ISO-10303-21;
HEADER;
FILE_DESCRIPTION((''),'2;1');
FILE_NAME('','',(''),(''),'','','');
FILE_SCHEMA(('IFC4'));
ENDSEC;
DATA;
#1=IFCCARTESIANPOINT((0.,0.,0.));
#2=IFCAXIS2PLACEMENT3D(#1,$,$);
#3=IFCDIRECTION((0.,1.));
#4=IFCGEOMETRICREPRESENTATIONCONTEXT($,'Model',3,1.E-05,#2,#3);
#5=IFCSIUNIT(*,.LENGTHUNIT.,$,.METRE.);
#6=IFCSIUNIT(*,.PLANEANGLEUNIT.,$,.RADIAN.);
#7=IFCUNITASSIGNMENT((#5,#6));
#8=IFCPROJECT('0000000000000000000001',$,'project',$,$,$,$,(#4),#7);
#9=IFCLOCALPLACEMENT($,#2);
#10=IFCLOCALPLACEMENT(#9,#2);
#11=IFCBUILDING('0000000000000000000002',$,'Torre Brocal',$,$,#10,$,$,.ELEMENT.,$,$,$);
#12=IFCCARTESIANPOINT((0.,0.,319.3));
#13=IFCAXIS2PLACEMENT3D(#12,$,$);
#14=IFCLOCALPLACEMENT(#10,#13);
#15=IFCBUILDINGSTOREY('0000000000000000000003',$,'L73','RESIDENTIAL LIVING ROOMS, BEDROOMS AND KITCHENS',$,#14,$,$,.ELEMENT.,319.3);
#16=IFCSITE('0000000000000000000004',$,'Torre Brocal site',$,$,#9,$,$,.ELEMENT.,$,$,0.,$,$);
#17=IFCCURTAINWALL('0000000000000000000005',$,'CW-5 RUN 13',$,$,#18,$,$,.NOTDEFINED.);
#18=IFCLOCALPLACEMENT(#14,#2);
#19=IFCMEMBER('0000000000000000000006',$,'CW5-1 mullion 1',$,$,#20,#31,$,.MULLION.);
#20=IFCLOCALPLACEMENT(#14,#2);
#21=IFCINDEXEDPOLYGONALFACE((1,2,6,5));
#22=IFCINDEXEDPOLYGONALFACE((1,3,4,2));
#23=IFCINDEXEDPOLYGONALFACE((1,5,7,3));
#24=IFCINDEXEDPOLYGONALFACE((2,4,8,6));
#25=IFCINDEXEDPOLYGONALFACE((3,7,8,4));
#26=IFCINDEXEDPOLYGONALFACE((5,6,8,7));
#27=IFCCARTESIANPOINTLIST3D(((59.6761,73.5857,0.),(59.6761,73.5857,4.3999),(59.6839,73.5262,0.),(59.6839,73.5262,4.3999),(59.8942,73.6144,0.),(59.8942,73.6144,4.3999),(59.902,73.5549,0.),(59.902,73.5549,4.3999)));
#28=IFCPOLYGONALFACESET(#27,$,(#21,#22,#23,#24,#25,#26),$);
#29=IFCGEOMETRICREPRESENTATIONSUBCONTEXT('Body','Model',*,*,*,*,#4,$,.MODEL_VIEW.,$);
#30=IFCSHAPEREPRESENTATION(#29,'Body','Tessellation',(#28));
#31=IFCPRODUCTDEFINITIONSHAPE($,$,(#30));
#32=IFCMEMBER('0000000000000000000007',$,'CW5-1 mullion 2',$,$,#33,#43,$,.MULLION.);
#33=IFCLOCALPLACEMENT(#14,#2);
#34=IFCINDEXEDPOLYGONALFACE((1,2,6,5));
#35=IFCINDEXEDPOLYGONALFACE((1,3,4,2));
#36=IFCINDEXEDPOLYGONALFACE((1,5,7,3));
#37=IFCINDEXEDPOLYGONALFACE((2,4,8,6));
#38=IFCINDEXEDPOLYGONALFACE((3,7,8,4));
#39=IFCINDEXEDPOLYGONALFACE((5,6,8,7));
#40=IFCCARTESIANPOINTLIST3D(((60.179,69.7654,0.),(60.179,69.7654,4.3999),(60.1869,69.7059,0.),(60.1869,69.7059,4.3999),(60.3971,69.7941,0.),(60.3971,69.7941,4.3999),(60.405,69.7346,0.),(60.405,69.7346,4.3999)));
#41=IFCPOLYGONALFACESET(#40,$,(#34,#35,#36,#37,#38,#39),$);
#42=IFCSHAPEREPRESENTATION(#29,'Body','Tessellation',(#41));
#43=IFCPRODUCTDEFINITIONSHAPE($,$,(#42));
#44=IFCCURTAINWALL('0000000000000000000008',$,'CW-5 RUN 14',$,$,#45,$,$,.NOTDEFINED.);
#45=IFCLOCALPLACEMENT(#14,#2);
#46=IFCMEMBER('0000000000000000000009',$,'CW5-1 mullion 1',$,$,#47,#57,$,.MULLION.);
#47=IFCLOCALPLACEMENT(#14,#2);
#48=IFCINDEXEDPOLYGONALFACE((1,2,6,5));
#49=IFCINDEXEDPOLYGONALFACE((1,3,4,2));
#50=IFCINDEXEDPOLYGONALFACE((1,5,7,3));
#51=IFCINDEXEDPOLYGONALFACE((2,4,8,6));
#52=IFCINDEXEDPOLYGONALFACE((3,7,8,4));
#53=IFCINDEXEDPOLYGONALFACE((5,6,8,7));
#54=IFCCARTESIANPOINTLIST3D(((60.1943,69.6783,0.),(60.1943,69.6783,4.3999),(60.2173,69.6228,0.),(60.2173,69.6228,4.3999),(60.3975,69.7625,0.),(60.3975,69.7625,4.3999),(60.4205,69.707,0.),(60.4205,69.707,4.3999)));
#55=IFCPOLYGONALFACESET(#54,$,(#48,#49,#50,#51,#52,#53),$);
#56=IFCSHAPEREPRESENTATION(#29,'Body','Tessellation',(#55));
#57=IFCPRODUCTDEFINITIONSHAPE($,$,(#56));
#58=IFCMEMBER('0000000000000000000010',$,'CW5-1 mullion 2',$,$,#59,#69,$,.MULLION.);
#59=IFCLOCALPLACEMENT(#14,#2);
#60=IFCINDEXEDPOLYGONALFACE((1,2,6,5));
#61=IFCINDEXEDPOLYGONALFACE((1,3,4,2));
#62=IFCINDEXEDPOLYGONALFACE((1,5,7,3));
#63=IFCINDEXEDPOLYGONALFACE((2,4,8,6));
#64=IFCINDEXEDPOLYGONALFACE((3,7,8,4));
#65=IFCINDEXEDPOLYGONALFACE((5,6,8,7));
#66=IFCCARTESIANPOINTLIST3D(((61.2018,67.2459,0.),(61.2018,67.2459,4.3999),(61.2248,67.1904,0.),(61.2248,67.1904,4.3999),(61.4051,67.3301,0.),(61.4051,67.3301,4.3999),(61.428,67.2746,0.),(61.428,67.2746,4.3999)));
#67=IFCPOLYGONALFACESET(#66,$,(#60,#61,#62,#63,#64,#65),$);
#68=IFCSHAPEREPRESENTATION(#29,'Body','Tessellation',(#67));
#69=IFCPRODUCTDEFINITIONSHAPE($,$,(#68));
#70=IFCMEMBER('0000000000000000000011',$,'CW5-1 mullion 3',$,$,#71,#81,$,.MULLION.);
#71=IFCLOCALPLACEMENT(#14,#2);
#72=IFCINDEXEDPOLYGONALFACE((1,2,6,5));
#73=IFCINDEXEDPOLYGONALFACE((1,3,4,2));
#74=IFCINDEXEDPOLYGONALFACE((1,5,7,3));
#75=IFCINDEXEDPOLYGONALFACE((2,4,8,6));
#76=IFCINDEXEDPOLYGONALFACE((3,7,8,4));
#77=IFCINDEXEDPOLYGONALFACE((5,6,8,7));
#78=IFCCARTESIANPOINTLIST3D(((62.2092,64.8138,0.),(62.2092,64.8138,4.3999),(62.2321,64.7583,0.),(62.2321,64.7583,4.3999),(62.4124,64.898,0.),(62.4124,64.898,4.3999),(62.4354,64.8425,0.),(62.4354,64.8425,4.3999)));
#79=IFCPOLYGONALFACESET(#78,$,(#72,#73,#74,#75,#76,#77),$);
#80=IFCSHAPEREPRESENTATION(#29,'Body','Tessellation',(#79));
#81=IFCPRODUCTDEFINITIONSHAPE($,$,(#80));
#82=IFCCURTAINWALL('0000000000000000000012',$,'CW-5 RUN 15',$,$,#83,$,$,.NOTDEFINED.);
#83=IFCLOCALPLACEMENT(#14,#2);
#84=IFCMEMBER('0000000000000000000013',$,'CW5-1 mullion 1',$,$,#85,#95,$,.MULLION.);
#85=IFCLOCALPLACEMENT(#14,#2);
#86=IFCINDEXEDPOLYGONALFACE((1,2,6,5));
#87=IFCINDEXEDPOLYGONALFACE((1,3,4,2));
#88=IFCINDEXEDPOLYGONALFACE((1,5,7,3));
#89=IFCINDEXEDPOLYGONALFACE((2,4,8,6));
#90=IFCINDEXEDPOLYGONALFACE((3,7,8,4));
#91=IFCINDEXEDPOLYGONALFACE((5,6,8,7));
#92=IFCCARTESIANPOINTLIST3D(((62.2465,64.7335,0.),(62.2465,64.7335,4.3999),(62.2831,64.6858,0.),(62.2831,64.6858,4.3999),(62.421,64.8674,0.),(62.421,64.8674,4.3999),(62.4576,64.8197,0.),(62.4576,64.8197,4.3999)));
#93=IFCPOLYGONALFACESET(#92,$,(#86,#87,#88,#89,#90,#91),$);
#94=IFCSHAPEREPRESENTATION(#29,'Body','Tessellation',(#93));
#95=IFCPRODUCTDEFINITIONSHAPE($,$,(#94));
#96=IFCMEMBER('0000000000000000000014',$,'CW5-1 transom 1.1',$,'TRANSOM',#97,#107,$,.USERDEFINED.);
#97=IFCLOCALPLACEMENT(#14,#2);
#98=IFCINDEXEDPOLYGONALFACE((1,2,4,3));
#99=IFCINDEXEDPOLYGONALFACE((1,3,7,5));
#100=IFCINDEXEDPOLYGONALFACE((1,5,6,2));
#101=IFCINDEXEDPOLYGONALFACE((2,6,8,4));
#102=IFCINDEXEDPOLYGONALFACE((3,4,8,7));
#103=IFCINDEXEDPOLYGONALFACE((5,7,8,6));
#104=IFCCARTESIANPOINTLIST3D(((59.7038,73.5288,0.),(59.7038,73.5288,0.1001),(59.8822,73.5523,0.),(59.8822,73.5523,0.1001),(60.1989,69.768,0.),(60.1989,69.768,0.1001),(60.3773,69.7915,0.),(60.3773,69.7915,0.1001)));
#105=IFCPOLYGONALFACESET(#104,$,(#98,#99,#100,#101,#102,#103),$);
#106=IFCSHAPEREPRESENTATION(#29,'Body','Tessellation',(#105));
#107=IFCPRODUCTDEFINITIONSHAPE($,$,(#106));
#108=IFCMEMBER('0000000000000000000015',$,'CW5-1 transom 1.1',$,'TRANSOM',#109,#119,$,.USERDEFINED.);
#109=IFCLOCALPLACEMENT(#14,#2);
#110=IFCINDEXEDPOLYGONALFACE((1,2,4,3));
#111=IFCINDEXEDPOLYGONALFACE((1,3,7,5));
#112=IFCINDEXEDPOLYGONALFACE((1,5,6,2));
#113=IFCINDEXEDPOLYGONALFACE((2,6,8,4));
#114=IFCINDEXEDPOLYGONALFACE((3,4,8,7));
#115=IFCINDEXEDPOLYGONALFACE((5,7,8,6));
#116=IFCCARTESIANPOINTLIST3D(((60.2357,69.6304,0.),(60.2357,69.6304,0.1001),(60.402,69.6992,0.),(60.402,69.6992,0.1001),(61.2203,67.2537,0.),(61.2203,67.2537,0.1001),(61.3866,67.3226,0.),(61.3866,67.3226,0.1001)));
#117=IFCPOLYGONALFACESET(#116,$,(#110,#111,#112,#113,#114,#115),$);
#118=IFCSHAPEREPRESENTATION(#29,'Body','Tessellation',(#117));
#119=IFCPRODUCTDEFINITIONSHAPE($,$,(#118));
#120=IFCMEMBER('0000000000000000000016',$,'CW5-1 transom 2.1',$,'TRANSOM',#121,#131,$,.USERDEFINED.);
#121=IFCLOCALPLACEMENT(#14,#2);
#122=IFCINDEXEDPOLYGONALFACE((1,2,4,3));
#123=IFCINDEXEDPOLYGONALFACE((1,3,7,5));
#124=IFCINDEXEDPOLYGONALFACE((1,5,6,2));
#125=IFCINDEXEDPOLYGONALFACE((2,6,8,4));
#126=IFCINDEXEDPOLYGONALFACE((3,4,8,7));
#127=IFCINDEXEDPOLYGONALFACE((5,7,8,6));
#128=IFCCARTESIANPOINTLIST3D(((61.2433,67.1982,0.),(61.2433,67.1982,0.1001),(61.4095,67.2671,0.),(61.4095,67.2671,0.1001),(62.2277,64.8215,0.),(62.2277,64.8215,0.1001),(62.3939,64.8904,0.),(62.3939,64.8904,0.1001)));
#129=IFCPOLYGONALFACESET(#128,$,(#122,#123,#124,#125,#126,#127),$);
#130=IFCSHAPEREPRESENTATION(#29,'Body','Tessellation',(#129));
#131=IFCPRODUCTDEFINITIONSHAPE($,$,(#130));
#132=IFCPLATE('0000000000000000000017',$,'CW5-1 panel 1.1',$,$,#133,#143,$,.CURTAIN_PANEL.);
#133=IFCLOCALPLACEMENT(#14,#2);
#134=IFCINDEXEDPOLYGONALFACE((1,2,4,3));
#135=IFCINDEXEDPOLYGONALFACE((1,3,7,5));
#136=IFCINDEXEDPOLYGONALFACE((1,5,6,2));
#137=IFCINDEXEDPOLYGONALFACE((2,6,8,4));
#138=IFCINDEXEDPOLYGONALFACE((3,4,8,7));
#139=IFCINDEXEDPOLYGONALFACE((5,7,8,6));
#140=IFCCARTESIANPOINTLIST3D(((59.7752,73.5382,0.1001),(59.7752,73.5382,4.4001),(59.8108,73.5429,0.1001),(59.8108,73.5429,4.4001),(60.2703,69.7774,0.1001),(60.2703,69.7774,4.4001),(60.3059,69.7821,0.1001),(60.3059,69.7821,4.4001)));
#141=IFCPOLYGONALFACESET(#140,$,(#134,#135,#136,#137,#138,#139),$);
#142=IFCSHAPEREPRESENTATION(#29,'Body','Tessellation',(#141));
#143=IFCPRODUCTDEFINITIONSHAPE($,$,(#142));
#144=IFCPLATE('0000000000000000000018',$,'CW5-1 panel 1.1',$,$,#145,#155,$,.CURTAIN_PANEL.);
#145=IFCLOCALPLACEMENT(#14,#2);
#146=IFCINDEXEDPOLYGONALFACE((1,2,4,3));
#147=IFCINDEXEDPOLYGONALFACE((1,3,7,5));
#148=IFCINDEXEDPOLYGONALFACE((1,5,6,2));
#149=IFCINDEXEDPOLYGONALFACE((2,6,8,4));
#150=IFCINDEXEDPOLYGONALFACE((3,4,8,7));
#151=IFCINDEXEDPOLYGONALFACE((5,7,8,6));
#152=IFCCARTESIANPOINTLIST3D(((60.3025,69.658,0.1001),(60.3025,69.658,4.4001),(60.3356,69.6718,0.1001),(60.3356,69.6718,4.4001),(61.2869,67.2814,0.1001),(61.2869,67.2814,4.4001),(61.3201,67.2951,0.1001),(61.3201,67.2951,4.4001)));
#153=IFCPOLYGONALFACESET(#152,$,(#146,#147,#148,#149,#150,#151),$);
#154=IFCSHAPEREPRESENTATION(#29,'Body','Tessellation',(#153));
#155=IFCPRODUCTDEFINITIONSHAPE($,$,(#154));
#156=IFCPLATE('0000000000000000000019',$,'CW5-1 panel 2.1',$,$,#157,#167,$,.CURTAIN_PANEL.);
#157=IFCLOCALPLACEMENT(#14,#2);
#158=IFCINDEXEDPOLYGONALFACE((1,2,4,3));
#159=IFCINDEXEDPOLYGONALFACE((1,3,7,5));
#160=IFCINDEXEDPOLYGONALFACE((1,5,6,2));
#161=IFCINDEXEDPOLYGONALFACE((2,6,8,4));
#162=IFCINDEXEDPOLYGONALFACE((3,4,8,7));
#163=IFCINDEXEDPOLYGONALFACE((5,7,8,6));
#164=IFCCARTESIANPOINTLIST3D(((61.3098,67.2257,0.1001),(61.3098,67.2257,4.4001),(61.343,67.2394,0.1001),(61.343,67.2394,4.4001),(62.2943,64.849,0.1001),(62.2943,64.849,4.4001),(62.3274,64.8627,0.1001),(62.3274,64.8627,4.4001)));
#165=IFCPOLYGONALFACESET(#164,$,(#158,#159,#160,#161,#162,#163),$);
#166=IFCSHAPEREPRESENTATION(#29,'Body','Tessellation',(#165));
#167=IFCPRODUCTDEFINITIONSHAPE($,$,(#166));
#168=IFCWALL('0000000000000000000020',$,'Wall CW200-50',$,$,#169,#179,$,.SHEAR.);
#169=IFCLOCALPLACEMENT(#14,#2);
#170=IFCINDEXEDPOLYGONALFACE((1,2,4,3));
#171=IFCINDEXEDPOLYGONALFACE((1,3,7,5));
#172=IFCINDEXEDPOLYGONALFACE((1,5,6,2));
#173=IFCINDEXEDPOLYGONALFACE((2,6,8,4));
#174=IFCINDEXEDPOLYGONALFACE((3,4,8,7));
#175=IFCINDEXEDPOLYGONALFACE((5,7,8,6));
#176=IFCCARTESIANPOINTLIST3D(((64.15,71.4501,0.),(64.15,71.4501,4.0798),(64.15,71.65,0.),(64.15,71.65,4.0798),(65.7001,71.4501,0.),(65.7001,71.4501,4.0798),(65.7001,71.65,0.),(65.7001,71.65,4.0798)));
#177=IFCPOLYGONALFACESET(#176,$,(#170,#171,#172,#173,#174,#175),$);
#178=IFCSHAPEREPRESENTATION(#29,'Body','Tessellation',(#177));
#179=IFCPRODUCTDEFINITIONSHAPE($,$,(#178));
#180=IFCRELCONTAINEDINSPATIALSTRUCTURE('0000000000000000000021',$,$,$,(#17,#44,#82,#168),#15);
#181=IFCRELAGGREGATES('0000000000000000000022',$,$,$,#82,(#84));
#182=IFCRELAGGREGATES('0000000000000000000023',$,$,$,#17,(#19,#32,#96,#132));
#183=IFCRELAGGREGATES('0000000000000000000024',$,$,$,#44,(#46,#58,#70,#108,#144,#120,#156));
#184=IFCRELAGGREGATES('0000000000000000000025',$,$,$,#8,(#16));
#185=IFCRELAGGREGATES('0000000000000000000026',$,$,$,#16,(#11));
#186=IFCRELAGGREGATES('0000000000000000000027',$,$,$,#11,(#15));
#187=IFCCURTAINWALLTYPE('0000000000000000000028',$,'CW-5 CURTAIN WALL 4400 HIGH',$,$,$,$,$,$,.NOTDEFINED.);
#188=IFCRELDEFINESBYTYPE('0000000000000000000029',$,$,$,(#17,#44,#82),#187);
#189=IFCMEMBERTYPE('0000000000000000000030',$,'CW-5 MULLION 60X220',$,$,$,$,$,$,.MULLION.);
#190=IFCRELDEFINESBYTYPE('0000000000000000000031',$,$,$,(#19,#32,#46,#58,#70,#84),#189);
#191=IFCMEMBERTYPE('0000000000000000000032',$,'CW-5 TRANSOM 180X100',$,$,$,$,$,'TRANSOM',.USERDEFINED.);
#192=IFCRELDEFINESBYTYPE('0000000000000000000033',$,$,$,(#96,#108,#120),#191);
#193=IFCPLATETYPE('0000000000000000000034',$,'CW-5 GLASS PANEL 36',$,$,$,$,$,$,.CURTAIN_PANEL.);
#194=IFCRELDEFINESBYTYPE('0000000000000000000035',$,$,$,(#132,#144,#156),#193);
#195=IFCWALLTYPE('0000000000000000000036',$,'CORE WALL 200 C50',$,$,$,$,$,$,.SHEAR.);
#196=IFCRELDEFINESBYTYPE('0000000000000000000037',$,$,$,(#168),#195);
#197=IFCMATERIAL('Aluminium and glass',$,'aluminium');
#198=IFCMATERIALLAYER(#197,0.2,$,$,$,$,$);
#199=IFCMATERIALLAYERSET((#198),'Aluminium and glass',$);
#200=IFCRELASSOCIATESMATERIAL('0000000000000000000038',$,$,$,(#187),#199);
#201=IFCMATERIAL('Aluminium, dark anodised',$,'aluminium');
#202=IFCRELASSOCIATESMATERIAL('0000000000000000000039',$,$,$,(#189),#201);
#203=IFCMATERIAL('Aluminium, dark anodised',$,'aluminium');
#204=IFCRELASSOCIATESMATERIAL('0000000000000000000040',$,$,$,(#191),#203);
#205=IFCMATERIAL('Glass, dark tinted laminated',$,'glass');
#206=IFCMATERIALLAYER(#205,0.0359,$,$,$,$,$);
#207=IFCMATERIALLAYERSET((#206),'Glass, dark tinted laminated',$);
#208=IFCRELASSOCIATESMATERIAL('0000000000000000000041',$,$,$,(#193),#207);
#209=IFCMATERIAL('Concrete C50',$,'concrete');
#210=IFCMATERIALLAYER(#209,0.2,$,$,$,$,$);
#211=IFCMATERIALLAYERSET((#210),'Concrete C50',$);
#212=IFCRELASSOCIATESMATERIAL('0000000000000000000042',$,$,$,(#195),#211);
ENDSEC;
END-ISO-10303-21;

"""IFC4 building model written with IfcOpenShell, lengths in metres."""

from ifc_helpers import new_model, si_unit, direction, frame, frame_2d, origin, origin_2d, place, context, subcontext, project, spatial, rectangle, extrude, material, layer, layer_set, material_profile, profile_set, type_object, element, aggregate, save


model = new_model("IFC4")

# Units and contexts
model_context = context("Model", 3, precision=1e-05, world=origin(), true_north=direction((0.0, 1.0)))
body_context = subcontext(model_context, "Body", "Model", "MODEL_VIEW")
ifc_project = project(units=[si_unit("LENGTHUNIT", "METRE"), si_unit("PLANEANGLEUNIT", "RADIAN")], contexts=[model_context])

# Site, building, storey
site_placement = place(None, origin())
site = spatial("IfcSite", under=ifc_project, at=site_placement, Name="Torre Brocal site", CompositionType="ELEMENT", RefElevation=0.0)
building_placement = place(site_placement, origin())
building = spatial("IfcBuilding", under=site, at=building_placement, Name="Torre Brocal", CompositionType="ELEMENT")
storey_placement = place(building_placement, frame((0.0, 0.0, 319.3)))
storey = spatial("IfcBuildingStorey", under=building, at=storey_placement, Name="L73", Description="RESIDENTIAL LIVING ROOMS, BEDROOMS AND KITCHENS", CompositionType="ELEMENT", Elevation=319.3)

# Curtain walls, members
ifc_material_1 = material(Name="Aluminium and glass", Category="aluminium")
ifc_layer_1 = layer(ifc_material_1, 0.2)
ifc_layer_set_1 = layer_set([ifc_layer_1], Name="Aluminium and glass")
curtain_wall_type = type_object("IfcCurtainWallType", Name="CW-5 CURTAIN WALL 4400 HIGH", PredefinedType="NOTDEFINED", material=ifc_layer_set_1)
curtain_wall_1_placement = place(storey_placement, origin())
curtain_wall_1 = element("IfcCurtainWall", 1, at=curtain_wall_1_placement, inside=storey, type_object=curtain_wall_type, Name="CW-5 RUN 13", PredefinedType="NOTDEFINED")
ifc_material_2 = material(Name="Aluminium, dark anodised", Category="aluminium")
ifc_material_profile_1 = material_profile(ifc_material_2, rectangle(XDim=0.22, YDim=0.0601, at=origin_2d()), Name="CW-5 MULLION 60X220")
ifc_profile_set_1 = profile_set([ifc_material_profile_1], Name="Aluminium, dark anodised")
member_type_1 = type_object("IfcMemberType", Name="CW-5 MULLION 60X220", PredefinedType="MULLION", material=ifc_profile_set_1)
member_1_placement = place(storey_placement, frame((59.7891, 73.5703, 0.0), z_axis=(0.0, 0.0, 1.0), x_axis=(0.991445, 0.130526, 0.0)))
member_1 = element("IfcMember", 2, at=member_1_placement, type_object=member_type_1, Name="CW5-1 mullion 1", PredefinedType="MULLION", context=body_context, shape_type="SweptSolid", body=[
    extrude(rectangle(XDim=0.22, YDim=0.0601, at=origin_2d()), origin(), (0.0, 0.0, 1.0), 4.3999),
])
member_2_placement = place(storey_placement, frame((60.292, 69.75, 0.0), z_axis=(0.0, 0.0, 1.0), x_axis=(0.991445, 0.130526, 0.0)))
member_2 = element("IfcMember", 3, at=member_2_placement, type_object=member_type_1, Name="CW5-1 mullion 2", PredefinedType="MULLION", context=body_context, shape_type="SweptSolid", body=[
    extrude(rectangle(XDim=0.22, YDim=0.0601, at=origin_2d()), origin(), (0.0, 0.0, 1.0), 4.3999),
])
curtain_wall_2_placement = place(storey_placement, origin())
curtain_wall_2 = element("IfcCurtainWall", 4, at=curtain_wall_2_placement, inside=storey, type_object=curtain_wall_type, Name="CW-5 RUN 14", PredefinedType="NOTDEFINED")
member_3_placement = place(storey_placement, frame((60.3074, 69.6926, 0.0), z_axis=(0.0, 0.0, 1.0), x_axis=(0.92388, 0.382683, 0.0)))
member_3 = element("IfcMember", 5, at=member_3_placement, type_object=member_type_1, Name="CW5-1 mullion 1", PredefinedType="MULLION", context=body_context, shape_type="SweptSolid", body=[
    extrude(rectangle(XDim=0.22, YDim=0.0601, at=origin_2d()), origin(), (0.0, 0.0, 1.0), 4.3999),
])
member_4_placement = place(storey_placement, frame((61.3149, 67.2603, 0.0), z_axis=(0.0, 0.0, 1.0), x_axis=(0.92388, 0.382683, 0.0)))
member_4 = element("IfcMember", 6, at=member_4_placement, type_object=member_type_1, Name="CW5-1 mullion 2", PredefinedType="MULLION", context=body_context, shape_type="SweptSolid", body=[
    extrude(rectangle(XDim=0.22, YDim=0.0601, at=origin_2d()), origin(), (0.0, 0.0, 1.0), 4.3999),
])
member_5_placement = place(storey_placement, frame((62.3223, 64.8281, 0.0), z_axis=(0.0, 0.0, 1.0), x_axis=(0.92388, 0.382683, 0.0)))
member_5 = element("IfcMember", 7, at=member_5_placement, type_object=member_type_1, Name="CW5-1 mullion 3", PredefinedType="MULLION", context=body_context, shape_type="SweptSolid", body=[
    extrude(rectangle(XDim=0.22, YDim=0.0601, at=origin_2d()), origin(), (0.0, 0.0, 1.0), 4.3999),
])

# Curtain wall, member
curtain_wall_3_placement = place(storey_placement, origin())
curtain_wall_3 = element("IfcCurtainWall", 8, at=curtain_wall_3_placement, inside=storey, type_object=curtain_wall_type, Name="CW-5 RUN 15", PredefinedType="NOTDEFINED")
member_6_placement = place(storey_placement, frame((62.3521, 64.7766, 0.0), z_axis=(0.0, 0.0, 1.0), x_axis=(0.793353, 0.608761, 0.0)))
member_6 = element("IfcMember", 9, at=member_6_placement, type_object=member_type_1, Name="CW5-1 mullion 1", PredefinedType="MULLION", context=body_context, shape_type="SweptSolid", body=[
    extrude(rectangle(XDim=0.22, YDim=0.0601, at=origin_2d()), origin(), (0.0, 0.0, 1.0), 4.3999),
])
aggregate(curtain_wall_3, [member_6])

# Members
ifc_material_3 = material(Name="Aluminium, dark anodised", Category="aluminium")
ifc_material_profile_2 = material_profile(ifc_material_3, rectangle(XDim=0.1799, YDim=0.1001, at=origin_2d()), Name="CW-5 TRANSOM 180X100")
ifc_profile_set_2 = profile_set([ifc_material_profile_2], Name="Aluminium, dark anodised")
member_type_2 = type_object("IfcMemberType", Name="CW-5 TRANSOM 180X100", ElementType="TRANSOM", PredefinedType="USERDEFINED", material=ifc_profile_set_2)
member_7_placement = place(storey_placement, frame((59.793, 73.5405, 0.05), z_axis=(0.130528, -0.991445, 0.0), x_axis=(0.991445, 0.130528, 0.0)))
member_7 = element("IfcMember", 10, at=member_7_placement, type_object=member_type_2, Name="CW5-1 transom 1.1", ObjectType="TRANSOM", PredefinedType="USERDEFINED", context=body_context, shape_type="SweptSolid", body=[
    extrude(rectangle(XDim=0.1799, YDim=0.1001, at=origin_2d()), origin(), (0.0, 0.0, 1.0), 3.7932),
])
member_8_placement = place(storey_placement, frame((60.3188, 69.6648, 0.05), z_axis=(0.382735, -0.923858, 0.0), x_axis=(0.923858, 0.382735, 0.0)))
member_8 = element("IfcMember", 11, at=member_8_placement, type_object=member_type_2, Name="CW5-1 transom 1.1", ObjectType="TRANSOM", PredefinedType="USERDEFINED", context=body_context, shape_type="SweptSolid", body=[
    extrude(rectangle(XDim=0.1799, YDim=0.1001, at=origin_2d()), origin(), (0.0, 0.0, 1.0), 2.5725),
])
member_9_placement = place(storey_placement, frame((61.3264, 67.2327, 0.05), z_axis=(0.382654, -0.923892, 0.0), x_axis=(0.923892, 0.382654, 0.0)))
member_9 = element("IfcMember", 12, at=member_9_placement, type_object=member_type_2, Name="CW5-1 transom 2.1", ObjectType="TRANSOM", PredefinedType="USERDEFINED", context=body_context, shape_type="SweptSolid", body=[
    extrude(rectangle(XDim=0.1799, YDim=0.1001, at=origin_2d()), origin(), (0.0, 0.0, 1.0), 2.5725),
])

# Plates
ifc_material_4 = material(Name="Glass, dark tinted laminated", Category="glass")
ifc_layer_2 = layer(ifc_material_4, 0.0359)
ifc_layer_set_2 = layer_set([ifc_layer_2], Name="Glass, dark tinted laminated")
plate_type = type_object("IfcPlateType", Name="CW-5 GLASS PANEL 36", PredefinedType="CURTAIN_PANEL", material=ifc_layer_set_2)
plate_1_placement = place(storey_placement, frame((60.0405, 71.6602, 0.1001), z_axis=(0.0, 0.0, 1.0), x_axis=(0.130526, -0.991445, 0.0)))
plate_1 = element("IfcPlate", 13, at=plate_1_placement, type_object=plate_type, Name="CW5-1 panel 1.1", PredefinedType="CURTAIN_PANEL", context=body_context, shape_type="SweptSolid", body=[
    extrude(rectangle(XDim=3.7932, YDim=0.0359, at=origin_2d()), origin(), (0.0, 0.0, 1.0), 4.3),
])
aggregate(curtain_wall_1, [member_1, member_2, member_7, plate_1])
plate_2_placement = place(storey_placement, frame((60.8113, 68.4766, 0.1001), z_axis=(0.0, 0.0, 1.0), x_axis=(0.382683, -0.92388, 0.0)))
plate_2 = element("IfcPlate", 14, at=plate_2_placement, type_object=plate_type, Name="CW5-1 panel 1.1", PredefinedType="CURTAIN_PANEL", context=body_context, shape_type="SweptSolid", body=[
    extrude(rectangle(XDim=2.5725, YDim=0.0359, at=origin_2d()), origin(), (0.0, 0.0, 1.0), 4.3),
])
plate_3_placement = place(storey_placement, frame((61.8186, 66.0442, 0.1001), z_axis=(0.0, 0.0, 1.0), x_axis=(0.382683, -0.92388, 0.0)))
plate_3 = element("IfcPlate", 15, at=plate_3_placement, type_object=plate_type, Name="CW5-1 panel 2.1", PredefinedType="CURTAIN_PANEL", context=body_context, shape_type="SweptSolid", body=[
    extrude(rectangle(XDim=2.5725, YDim=0.0359, at=origin_2d()), origin(), (0.0, 0.0, 1.0), 4.3),
])
aggregate(curtain_wall_2, [member_3, member_4, member_5, member_8, plate_2, member_9, plate_3])

# Wall
ifc_material_5 = material(Name="Concrete C50", Category="concrete")
ifc_layer_3 = layer(ifc_material_5, 0.2)
ifc_layer_set_3 = layer_set([ifc_layer_3], Name="Concrete C50")
wall_type_1 = type_object("IfcWallType", Name="CORE WALL 200 C50", PredefinedType="SHEAR", material=ifc_layer_set_3)
wall_1_placement = place(storey_placement, frame((65.7, 71.55, 0.0), z_axis=(0.0, 0.0, 1.0), x_axis=(-1.0, 0.0, 0.0)))
element("IfcWall", 16, at=wall_1_placement, inside=storey, type_object=wall_type_1, Name="Wall CW200-50", PredefinedType="SHEAR", context=body_context, shape_type="SweptSolid", body=[
    extrude(rectangle(XDim=1.55, YDim=0.2, at=frame_2d((0.7749, 0.0))), origin(), (0.0, 0.0, 1.0), 4.0798),
])

save(model, "model.ifc")
